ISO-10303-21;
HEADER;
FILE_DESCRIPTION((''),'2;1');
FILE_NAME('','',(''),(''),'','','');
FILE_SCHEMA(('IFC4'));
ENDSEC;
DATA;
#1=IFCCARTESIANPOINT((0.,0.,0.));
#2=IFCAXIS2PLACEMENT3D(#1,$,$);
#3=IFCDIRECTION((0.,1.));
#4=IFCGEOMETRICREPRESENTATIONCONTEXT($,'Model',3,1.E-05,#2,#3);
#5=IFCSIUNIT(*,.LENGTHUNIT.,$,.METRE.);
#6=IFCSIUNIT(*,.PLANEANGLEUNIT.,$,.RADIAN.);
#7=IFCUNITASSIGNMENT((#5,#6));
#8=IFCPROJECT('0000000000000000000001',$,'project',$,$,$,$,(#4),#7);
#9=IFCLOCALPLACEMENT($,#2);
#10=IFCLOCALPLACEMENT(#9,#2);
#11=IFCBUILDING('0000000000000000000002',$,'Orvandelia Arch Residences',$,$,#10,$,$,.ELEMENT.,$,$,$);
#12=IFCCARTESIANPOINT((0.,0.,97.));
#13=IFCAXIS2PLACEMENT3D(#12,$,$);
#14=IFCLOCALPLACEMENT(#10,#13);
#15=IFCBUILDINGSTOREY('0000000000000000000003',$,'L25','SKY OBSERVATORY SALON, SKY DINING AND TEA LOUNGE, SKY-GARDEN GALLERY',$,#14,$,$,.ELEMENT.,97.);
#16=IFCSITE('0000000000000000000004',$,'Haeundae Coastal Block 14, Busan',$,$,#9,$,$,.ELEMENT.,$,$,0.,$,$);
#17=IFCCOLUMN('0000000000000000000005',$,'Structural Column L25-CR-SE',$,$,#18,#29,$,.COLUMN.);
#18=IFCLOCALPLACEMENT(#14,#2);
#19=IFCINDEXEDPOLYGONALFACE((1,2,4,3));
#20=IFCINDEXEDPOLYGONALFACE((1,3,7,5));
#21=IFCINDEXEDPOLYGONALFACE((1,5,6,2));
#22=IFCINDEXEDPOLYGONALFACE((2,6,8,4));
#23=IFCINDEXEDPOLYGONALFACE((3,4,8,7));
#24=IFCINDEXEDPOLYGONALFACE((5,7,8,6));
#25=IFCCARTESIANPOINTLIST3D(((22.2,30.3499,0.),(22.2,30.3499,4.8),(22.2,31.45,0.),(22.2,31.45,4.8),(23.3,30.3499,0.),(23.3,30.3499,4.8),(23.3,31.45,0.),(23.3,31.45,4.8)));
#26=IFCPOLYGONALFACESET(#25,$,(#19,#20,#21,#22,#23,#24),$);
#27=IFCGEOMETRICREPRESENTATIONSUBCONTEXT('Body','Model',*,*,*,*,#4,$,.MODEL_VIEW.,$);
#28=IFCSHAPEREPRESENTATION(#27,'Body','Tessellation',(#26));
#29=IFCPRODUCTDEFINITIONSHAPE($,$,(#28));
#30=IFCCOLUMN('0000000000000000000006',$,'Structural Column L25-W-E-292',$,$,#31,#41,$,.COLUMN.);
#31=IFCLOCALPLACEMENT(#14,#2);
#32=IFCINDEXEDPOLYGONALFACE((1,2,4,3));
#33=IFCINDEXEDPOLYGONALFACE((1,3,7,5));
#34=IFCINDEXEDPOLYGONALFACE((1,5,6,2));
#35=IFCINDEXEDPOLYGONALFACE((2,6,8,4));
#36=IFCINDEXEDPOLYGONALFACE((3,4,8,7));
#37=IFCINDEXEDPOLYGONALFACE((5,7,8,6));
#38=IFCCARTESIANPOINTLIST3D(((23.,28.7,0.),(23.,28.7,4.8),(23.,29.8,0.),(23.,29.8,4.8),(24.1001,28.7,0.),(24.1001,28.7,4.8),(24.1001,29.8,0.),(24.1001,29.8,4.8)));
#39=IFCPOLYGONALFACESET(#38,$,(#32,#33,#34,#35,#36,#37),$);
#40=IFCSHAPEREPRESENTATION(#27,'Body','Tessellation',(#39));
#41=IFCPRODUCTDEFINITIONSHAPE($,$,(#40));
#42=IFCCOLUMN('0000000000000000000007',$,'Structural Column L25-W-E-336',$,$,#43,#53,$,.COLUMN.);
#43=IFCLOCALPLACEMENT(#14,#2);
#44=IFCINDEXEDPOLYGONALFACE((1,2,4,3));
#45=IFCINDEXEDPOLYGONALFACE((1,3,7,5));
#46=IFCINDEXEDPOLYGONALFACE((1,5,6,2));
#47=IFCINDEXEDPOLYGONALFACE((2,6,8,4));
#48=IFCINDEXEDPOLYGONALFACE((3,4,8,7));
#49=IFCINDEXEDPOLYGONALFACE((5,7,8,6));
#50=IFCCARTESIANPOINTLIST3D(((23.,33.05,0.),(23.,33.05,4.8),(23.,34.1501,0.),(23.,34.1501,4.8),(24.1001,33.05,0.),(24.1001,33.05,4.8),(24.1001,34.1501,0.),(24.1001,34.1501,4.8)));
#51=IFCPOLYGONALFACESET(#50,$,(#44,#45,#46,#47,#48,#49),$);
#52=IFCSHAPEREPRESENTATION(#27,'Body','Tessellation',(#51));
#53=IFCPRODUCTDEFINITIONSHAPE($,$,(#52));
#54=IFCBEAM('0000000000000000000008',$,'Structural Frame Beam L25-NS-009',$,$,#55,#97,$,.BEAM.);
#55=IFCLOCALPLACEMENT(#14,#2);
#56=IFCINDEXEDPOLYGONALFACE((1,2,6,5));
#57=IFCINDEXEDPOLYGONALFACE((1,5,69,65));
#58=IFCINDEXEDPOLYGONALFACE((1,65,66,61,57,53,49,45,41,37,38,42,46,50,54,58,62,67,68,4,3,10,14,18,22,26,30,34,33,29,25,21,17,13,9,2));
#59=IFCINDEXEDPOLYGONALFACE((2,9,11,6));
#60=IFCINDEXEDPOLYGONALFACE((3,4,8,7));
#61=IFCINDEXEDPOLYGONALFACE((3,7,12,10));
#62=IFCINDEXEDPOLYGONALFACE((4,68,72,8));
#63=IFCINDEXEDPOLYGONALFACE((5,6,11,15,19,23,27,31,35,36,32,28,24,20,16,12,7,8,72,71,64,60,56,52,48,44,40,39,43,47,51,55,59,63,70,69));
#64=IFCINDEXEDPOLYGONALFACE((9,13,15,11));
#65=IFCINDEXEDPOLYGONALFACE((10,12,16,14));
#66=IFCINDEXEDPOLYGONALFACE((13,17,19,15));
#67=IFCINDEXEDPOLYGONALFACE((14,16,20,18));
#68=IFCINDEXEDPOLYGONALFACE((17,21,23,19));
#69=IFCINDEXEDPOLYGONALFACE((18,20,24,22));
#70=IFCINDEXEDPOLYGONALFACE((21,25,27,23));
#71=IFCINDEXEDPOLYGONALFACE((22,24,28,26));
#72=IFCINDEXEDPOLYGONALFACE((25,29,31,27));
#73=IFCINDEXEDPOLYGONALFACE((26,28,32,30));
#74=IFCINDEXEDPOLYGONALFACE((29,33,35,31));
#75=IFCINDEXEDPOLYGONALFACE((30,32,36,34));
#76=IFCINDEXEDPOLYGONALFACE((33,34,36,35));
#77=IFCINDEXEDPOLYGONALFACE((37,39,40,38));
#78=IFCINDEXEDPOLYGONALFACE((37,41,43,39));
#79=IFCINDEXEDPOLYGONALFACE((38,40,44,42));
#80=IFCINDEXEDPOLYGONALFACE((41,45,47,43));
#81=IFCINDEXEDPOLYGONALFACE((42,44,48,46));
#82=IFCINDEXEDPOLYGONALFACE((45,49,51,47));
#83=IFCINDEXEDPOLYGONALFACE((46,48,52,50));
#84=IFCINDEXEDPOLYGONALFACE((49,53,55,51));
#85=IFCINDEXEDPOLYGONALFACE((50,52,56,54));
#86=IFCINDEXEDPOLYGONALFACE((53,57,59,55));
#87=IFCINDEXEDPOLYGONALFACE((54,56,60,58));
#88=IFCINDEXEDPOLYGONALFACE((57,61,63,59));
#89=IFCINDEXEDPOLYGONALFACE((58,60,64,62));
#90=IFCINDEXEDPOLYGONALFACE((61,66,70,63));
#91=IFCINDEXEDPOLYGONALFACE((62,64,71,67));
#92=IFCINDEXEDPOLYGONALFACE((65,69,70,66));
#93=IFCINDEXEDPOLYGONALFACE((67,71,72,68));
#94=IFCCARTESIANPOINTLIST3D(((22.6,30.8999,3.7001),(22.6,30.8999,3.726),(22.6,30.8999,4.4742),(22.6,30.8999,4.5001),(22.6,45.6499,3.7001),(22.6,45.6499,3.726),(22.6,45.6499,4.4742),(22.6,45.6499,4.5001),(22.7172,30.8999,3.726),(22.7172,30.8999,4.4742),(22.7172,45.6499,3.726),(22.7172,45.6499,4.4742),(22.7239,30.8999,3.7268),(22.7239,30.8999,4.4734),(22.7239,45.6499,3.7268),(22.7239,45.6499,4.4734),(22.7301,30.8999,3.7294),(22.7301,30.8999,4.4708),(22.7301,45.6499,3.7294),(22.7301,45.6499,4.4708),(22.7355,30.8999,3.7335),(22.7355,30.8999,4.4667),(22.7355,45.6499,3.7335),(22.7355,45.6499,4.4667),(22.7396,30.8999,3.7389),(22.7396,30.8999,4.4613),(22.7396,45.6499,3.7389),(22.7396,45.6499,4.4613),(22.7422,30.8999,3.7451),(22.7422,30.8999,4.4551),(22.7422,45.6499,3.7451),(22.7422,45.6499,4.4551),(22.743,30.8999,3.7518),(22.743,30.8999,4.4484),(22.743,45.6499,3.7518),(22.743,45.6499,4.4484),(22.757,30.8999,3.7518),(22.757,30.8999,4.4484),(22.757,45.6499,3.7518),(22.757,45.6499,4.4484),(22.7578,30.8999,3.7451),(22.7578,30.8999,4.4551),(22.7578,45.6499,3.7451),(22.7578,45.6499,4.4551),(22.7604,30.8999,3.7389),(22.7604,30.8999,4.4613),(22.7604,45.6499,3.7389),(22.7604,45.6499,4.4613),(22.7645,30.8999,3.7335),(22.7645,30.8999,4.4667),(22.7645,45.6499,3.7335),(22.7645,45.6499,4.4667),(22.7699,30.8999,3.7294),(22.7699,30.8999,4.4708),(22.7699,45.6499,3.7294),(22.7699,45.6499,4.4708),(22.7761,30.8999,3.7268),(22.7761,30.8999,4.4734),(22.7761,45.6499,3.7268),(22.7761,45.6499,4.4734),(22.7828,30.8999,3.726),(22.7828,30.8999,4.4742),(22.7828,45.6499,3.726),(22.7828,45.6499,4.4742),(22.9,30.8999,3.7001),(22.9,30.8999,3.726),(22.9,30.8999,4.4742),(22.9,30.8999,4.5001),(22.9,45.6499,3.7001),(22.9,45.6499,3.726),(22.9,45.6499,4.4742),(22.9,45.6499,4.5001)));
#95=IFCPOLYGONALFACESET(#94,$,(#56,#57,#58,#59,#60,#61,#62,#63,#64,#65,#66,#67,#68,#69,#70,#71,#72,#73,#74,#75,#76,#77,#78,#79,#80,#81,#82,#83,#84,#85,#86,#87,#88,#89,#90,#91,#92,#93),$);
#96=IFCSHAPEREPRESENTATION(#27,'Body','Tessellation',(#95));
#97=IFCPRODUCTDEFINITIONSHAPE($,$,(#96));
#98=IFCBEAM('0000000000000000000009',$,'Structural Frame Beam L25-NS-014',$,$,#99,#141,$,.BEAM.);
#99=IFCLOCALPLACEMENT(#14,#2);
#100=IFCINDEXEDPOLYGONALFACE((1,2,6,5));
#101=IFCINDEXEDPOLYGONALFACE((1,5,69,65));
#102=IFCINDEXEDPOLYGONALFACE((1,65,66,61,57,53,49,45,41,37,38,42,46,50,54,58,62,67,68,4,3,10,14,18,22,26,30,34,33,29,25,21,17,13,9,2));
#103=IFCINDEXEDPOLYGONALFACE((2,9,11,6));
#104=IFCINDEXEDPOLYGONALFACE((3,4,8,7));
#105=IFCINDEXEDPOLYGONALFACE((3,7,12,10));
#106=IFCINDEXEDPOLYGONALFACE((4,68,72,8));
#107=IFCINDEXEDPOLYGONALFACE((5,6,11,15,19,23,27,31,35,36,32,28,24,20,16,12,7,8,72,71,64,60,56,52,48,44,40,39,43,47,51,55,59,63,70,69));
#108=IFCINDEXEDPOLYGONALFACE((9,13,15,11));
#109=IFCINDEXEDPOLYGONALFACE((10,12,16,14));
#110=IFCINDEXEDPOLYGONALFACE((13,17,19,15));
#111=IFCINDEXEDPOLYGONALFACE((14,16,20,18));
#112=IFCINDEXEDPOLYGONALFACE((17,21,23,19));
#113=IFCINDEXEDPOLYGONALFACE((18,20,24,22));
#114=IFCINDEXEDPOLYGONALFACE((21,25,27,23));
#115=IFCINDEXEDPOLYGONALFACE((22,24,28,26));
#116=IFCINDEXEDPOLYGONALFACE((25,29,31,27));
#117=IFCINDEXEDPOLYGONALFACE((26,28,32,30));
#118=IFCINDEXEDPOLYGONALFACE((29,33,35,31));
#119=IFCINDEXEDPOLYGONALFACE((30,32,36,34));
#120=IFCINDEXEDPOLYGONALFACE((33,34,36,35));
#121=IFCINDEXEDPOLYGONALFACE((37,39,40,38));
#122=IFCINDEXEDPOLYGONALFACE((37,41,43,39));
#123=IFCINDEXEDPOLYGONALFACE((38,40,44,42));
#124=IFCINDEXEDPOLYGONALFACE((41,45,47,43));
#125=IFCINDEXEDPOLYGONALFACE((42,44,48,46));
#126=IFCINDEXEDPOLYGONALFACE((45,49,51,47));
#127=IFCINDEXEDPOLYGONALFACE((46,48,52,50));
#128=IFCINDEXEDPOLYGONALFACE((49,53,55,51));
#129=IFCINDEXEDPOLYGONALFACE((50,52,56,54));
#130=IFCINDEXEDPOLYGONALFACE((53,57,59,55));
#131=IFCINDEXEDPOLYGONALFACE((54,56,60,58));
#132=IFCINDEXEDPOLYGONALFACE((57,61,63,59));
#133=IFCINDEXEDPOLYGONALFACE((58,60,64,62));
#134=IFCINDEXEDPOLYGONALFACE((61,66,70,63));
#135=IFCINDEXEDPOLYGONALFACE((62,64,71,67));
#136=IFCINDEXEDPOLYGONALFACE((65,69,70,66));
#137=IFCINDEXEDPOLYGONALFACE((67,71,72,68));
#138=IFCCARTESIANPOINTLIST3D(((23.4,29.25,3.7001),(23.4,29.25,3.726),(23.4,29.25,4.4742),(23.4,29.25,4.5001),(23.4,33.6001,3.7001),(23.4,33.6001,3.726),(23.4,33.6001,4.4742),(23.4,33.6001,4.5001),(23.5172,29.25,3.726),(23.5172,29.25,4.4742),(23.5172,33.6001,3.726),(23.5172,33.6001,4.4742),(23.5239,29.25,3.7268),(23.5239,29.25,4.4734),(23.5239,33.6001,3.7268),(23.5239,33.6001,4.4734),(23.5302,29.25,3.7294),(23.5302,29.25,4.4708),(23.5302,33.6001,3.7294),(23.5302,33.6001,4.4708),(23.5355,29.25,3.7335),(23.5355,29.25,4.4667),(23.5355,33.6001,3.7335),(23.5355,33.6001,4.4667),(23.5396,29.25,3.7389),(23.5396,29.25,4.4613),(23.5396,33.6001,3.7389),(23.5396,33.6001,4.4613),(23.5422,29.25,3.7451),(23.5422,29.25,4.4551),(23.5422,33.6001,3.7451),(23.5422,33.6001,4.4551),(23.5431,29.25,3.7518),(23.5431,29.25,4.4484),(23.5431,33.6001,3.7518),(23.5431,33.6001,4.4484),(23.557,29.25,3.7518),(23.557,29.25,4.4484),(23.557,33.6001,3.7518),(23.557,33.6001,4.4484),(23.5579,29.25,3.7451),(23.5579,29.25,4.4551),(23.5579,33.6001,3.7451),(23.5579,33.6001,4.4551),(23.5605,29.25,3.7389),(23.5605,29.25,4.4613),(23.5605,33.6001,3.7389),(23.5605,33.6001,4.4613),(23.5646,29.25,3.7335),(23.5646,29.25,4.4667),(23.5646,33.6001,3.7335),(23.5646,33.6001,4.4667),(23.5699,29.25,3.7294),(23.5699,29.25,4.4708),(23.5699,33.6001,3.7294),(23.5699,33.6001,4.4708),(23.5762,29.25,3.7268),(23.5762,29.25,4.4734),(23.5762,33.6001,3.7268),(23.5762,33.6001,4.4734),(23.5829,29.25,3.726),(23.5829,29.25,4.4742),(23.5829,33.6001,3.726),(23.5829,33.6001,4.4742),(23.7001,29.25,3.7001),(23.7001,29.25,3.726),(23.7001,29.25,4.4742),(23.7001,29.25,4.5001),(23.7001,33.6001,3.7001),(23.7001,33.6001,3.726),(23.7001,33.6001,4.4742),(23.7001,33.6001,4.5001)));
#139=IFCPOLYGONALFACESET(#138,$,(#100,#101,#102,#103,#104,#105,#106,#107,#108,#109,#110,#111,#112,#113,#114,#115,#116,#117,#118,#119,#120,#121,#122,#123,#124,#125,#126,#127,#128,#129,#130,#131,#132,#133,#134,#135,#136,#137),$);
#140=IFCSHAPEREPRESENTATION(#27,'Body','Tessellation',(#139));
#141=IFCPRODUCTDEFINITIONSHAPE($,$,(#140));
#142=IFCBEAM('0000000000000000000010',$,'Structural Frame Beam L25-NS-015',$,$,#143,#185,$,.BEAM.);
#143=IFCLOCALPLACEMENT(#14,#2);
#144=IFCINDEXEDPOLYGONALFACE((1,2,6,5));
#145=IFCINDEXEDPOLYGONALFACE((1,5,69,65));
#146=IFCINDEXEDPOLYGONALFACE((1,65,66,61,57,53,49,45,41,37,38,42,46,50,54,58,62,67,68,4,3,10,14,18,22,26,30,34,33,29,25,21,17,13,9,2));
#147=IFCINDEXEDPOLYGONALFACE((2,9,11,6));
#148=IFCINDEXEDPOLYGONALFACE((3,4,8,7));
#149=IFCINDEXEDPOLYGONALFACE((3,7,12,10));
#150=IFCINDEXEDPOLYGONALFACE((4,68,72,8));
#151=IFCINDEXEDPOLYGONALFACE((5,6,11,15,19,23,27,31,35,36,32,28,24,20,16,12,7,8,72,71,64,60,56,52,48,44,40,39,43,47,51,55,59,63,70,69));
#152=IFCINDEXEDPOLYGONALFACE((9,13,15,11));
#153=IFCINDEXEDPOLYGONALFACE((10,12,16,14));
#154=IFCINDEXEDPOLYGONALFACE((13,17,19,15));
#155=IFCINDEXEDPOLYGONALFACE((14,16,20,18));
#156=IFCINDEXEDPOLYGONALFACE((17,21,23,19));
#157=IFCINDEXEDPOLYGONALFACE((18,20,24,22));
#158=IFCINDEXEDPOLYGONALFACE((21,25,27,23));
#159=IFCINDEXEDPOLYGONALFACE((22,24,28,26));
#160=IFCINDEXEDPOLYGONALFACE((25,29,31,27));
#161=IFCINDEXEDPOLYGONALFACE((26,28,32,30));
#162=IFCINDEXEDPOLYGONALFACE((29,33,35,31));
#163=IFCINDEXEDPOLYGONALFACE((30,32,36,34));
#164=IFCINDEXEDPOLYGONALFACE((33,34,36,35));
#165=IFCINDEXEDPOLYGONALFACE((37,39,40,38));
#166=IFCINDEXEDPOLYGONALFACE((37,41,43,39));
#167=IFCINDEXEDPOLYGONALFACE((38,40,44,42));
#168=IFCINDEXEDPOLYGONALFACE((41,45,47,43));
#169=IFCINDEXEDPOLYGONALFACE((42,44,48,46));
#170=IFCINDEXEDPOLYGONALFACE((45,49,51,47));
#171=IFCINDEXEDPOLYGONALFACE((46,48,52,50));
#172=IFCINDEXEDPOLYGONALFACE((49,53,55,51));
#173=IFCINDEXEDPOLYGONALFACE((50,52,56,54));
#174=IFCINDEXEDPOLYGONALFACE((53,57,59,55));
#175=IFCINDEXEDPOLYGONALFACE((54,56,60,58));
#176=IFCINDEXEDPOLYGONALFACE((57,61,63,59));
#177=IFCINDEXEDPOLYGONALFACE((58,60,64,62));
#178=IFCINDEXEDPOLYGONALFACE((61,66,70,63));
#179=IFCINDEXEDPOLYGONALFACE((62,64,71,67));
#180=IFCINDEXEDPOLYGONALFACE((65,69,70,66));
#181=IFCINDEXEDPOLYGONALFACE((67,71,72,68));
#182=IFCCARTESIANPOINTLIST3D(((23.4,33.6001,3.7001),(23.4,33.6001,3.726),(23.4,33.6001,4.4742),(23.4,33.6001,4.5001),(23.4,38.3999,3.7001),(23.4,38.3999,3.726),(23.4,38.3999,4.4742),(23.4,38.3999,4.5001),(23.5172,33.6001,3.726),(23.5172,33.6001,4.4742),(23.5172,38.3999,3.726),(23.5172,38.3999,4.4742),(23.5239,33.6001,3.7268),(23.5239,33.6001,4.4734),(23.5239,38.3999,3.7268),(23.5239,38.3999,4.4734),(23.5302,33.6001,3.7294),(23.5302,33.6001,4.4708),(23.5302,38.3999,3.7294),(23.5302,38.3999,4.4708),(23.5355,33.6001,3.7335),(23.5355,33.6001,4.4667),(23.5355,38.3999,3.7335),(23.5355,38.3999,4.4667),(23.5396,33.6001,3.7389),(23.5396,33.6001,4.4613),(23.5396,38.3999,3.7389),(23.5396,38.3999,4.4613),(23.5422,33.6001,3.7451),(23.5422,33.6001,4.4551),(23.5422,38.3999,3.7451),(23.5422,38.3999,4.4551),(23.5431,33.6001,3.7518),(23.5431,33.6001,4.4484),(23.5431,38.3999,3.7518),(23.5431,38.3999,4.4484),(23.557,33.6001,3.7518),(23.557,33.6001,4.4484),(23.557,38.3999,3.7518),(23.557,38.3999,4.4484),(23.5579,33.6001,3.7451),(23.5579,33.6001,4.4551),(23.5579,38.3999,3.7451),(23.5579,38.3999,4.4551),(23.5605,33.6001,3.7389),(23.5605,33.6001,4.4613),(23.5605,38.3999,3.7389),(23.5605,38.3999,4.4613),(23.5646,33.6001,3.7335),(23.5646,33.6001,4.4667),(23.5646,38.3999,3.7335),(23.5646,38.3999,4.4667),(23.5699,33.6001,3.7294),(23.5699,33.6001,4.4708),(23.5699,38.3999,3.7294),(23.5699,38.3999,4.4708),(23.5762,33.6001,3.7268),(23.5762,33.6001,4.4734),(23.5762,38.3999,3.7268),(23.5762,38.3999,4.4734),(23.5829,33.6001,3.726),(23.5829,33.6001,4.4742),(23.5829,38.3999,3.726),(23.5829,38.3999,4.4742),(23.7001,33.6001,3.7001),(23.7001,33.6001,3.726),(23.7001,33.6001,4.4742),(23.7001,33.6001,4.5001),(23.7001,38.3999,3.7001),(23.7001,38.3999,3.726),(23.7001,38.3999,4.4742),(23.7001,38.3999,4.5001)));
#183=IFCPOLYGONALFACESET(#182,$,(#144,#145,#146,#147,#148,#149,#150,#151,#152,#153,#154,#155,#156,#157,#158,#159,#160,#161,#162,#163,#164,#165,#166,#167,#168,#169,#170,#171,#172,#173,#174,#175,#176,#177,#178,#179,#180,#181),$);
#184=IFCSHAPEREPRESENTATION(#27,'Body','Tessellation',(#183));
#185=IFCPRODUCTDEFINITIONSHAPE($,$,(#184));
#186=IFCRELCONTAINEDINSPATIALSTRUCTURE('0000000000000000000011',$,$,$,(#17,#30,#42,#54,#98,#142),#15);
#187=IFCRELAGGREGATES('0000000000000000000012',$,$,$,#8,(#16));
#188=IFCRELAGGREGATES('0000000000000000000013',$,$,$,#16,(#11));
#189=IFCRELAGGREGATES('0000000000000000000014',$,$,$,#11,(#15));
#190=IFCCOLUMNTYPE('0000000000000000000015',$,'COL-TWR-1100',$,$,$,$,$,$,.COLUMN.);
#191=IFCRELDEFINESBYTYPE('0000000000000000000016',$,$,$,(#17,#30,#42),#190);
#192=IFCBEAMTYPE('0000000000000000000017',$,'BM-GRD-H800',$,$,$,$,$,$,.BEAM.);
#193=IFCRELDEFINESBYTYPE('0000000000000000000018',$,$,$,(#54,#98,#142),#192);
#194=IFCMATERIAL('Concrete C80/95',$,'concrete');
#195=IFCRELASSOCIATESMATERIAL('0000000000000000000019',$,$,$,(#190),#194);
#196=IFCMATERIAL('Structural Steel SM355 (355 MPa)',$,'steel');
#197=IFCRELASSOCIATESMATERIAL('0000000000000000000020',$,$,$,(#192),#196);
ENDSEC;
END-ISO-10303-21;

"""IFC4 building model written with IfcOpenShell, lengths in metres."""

from ifc_helpers import new_model, si_unit, direction, frame, origin, origin_2d, place, context, subcontext, project, spatial, rectangle, i_section, extrude, material, material_profile, profile_set, type_object, element, save


model = new_model("IFC4")

# Units and contexts
model_context = context("Model", 3, precision=1e-05, world=origin(), true_north=direction((0.0, 1.0)))
body_context = subcontext(model_context, "Body", "Model", "MODEL_VIEW")
ifc_project = project(units=[si_unit("LENGTHUNIT", "METRE"), si_unit("PLANEANGLEUNIT", "RADIAN")], contexts=[model_context])

# Site, building, storey
site_placement = place(None, origin())
site = spatial("IfcSite", under=ifc_project, at=site_placement, Name="Haeundae Coastal Block 14, Busan", CompositionType="ELEMENT", RefElevation=0.0)
building_placement = place(site_placement, origin())
building = spatial("IfcBuilding", under=site, at=building_placement, Name="Orvandelia Arch Residences", CompositionType="ELEMENT")
storey_placement = place(building_placement, frame((0.0, 0.0, 97.0)))
storey = spatial("IfcBuildingStorey", under=building, at=storey_placement, Name="L25", Description="SKY OBSERVATORY SALON, SKY DINING AND TEA LOUNGE, SKY-GARDEN GALLERY", CompositionType="ELEMENT", Elevation=97.0)

# Columns
ifc_material_1 = material(Name="Concrete C80/95", Category="concrete")
ifc_material_profile_1 = material_profile(ifc_material_1, rectangle(XDim=1.1001, YDim=1.1001, at=origin_2d()), Name="Concrete C80/95", Category="concrete")
ifc_profile_set_1 = profile_set([ifc_material_profile_1], Name="Concrete C80/95")
column_type = type_object("IfcColumnType", Name="COL-TWR-1100", PredefinedType="COLUMN", material=ifc_profile_set_1)
for number, where, z_axis, x_axis, name in (
    (1, (22.75, 30.8999, 0.0), (0.0, 0.0, 1.0), (1.0, 0.0, 0.0), "Structural Column L25-CR-SE"),
    (2, (23.55, 29.25, 0.0), (0.0, 0.0, 1.0), (1.0, 0.0, 0.0), "Structural Column L25-W-E-292"),
    (3, (23.55, 33.6001, 0.0), (0.0, 0.0, 1.0), (1.0, 0.0, 0.0), "Structural Column L25-W-E-336"),
):
    element("IfcColumn", number, at=place(storey_placement, frame(where, z_axis=z_axis, x_axis=x_axis)), inside=storey, type_object=column_type, Name=name, PredefinedType="COLUMN", context=body_context, shape_type="SweptSolid", body=[
        extrude(rectangle(XDim=1.1001, YDim=1.1001, at=origin_2d()), origin(), (0.0, 0.0, 1.0), 4.8),
    ])

# Beams
ifc_material_2 = material(Name="Structural Steel SM355 (355 MPa)", Category="steel")
ifc_material_profile_2 = material_profile(ifc_material_2, i_section(OverallWidth=0.3, OverallDepth=0.8, WebThickness=0.0139, FlangeThickness=0.0259, FilletRadius=0.0259, at=origin_2d()), Name="Structural Steel SM355 (355 MPa)", Category="steel")
ifc_profile_set_2 = profile_set([ifc_material_profile_2], Name="Structural Steel SM355 (355 MPa)")
beam_type = type_object("IfcBeamType", Name="BM-GRD-H800", PredefinedType="BEAM", material=ifc_profile_set_2)
beam_1_placement = place(storey_placement, frame((22.75, 30.8999, 4.1001), z_axis=(0.0, 1.0, 0.0), x_axis=(-1.0, 0.0, 0.0)))
element("IfcBeam", 4, at=beam_1_placement, inside=storey, type_object=beam_type, Name="Structural Frame Beam L25-NS-009", PredefinedType="BEAM", context=body_context, shape_type="SweptSolid", body=[
    extrude(i_section(OverallWidth=0.3, OverallDepth=0.8, WebThickness=0.0139, FlangeThickness=0.0259, FilletRadius=0.0259, at=origin_2d()), origin(), (0.0, 0.0, 1.0), 14.75),
])
beam_2_placement = place(storey_placement, frame((23.55, 29.25, 4.1001), z_axis=(0.0, 1.0, 0.0), x_axis=(-1.0, 0.0, 0.0)))
element("IfcBeam", 5, at=beam_2_placement, inside=storey, type_object=beam_type, Name="Structural Frame Beam L25-NS-014", PredefinedType="BEAM", context=body_context, shape_type="SweptSolid", body=[
    extrude(i_section(OverallWidth=0.3, OverallDepth=0.8, WebThickness=0.0139, FlangeThickness=0.0259, FilletRadius=0.0259, at=origin_2d()), origin(), (0.0, 0.0, 1.0), 4.3501),
])
beam_3_placement = place(storey_placement, frame((23.55, 33.6001, 4.1001), z_axis=(0.0, 1.0, 0.0), x_axis=(-1.0, 0.0, 0.0)))
element("IfcBeam", 6, at=beam_3_placement, inside=storey, type_object=beam_type, Name="Structural Frame Beam L25-NS-015", PredefinedType="BEAM", context=body_context, shape_type="SweptSolid", body=[
    extrude(i_section(OverallWidth=0.3, OverallDepth=0.8, WebThickness=0.0139, FlangeThickness=0.0259, FilletRadius=0.0259, at=origin_2d()), origin(), (0.0, 0.0, 1.0), 4.7998),
])

save(model, "model.ifc")
